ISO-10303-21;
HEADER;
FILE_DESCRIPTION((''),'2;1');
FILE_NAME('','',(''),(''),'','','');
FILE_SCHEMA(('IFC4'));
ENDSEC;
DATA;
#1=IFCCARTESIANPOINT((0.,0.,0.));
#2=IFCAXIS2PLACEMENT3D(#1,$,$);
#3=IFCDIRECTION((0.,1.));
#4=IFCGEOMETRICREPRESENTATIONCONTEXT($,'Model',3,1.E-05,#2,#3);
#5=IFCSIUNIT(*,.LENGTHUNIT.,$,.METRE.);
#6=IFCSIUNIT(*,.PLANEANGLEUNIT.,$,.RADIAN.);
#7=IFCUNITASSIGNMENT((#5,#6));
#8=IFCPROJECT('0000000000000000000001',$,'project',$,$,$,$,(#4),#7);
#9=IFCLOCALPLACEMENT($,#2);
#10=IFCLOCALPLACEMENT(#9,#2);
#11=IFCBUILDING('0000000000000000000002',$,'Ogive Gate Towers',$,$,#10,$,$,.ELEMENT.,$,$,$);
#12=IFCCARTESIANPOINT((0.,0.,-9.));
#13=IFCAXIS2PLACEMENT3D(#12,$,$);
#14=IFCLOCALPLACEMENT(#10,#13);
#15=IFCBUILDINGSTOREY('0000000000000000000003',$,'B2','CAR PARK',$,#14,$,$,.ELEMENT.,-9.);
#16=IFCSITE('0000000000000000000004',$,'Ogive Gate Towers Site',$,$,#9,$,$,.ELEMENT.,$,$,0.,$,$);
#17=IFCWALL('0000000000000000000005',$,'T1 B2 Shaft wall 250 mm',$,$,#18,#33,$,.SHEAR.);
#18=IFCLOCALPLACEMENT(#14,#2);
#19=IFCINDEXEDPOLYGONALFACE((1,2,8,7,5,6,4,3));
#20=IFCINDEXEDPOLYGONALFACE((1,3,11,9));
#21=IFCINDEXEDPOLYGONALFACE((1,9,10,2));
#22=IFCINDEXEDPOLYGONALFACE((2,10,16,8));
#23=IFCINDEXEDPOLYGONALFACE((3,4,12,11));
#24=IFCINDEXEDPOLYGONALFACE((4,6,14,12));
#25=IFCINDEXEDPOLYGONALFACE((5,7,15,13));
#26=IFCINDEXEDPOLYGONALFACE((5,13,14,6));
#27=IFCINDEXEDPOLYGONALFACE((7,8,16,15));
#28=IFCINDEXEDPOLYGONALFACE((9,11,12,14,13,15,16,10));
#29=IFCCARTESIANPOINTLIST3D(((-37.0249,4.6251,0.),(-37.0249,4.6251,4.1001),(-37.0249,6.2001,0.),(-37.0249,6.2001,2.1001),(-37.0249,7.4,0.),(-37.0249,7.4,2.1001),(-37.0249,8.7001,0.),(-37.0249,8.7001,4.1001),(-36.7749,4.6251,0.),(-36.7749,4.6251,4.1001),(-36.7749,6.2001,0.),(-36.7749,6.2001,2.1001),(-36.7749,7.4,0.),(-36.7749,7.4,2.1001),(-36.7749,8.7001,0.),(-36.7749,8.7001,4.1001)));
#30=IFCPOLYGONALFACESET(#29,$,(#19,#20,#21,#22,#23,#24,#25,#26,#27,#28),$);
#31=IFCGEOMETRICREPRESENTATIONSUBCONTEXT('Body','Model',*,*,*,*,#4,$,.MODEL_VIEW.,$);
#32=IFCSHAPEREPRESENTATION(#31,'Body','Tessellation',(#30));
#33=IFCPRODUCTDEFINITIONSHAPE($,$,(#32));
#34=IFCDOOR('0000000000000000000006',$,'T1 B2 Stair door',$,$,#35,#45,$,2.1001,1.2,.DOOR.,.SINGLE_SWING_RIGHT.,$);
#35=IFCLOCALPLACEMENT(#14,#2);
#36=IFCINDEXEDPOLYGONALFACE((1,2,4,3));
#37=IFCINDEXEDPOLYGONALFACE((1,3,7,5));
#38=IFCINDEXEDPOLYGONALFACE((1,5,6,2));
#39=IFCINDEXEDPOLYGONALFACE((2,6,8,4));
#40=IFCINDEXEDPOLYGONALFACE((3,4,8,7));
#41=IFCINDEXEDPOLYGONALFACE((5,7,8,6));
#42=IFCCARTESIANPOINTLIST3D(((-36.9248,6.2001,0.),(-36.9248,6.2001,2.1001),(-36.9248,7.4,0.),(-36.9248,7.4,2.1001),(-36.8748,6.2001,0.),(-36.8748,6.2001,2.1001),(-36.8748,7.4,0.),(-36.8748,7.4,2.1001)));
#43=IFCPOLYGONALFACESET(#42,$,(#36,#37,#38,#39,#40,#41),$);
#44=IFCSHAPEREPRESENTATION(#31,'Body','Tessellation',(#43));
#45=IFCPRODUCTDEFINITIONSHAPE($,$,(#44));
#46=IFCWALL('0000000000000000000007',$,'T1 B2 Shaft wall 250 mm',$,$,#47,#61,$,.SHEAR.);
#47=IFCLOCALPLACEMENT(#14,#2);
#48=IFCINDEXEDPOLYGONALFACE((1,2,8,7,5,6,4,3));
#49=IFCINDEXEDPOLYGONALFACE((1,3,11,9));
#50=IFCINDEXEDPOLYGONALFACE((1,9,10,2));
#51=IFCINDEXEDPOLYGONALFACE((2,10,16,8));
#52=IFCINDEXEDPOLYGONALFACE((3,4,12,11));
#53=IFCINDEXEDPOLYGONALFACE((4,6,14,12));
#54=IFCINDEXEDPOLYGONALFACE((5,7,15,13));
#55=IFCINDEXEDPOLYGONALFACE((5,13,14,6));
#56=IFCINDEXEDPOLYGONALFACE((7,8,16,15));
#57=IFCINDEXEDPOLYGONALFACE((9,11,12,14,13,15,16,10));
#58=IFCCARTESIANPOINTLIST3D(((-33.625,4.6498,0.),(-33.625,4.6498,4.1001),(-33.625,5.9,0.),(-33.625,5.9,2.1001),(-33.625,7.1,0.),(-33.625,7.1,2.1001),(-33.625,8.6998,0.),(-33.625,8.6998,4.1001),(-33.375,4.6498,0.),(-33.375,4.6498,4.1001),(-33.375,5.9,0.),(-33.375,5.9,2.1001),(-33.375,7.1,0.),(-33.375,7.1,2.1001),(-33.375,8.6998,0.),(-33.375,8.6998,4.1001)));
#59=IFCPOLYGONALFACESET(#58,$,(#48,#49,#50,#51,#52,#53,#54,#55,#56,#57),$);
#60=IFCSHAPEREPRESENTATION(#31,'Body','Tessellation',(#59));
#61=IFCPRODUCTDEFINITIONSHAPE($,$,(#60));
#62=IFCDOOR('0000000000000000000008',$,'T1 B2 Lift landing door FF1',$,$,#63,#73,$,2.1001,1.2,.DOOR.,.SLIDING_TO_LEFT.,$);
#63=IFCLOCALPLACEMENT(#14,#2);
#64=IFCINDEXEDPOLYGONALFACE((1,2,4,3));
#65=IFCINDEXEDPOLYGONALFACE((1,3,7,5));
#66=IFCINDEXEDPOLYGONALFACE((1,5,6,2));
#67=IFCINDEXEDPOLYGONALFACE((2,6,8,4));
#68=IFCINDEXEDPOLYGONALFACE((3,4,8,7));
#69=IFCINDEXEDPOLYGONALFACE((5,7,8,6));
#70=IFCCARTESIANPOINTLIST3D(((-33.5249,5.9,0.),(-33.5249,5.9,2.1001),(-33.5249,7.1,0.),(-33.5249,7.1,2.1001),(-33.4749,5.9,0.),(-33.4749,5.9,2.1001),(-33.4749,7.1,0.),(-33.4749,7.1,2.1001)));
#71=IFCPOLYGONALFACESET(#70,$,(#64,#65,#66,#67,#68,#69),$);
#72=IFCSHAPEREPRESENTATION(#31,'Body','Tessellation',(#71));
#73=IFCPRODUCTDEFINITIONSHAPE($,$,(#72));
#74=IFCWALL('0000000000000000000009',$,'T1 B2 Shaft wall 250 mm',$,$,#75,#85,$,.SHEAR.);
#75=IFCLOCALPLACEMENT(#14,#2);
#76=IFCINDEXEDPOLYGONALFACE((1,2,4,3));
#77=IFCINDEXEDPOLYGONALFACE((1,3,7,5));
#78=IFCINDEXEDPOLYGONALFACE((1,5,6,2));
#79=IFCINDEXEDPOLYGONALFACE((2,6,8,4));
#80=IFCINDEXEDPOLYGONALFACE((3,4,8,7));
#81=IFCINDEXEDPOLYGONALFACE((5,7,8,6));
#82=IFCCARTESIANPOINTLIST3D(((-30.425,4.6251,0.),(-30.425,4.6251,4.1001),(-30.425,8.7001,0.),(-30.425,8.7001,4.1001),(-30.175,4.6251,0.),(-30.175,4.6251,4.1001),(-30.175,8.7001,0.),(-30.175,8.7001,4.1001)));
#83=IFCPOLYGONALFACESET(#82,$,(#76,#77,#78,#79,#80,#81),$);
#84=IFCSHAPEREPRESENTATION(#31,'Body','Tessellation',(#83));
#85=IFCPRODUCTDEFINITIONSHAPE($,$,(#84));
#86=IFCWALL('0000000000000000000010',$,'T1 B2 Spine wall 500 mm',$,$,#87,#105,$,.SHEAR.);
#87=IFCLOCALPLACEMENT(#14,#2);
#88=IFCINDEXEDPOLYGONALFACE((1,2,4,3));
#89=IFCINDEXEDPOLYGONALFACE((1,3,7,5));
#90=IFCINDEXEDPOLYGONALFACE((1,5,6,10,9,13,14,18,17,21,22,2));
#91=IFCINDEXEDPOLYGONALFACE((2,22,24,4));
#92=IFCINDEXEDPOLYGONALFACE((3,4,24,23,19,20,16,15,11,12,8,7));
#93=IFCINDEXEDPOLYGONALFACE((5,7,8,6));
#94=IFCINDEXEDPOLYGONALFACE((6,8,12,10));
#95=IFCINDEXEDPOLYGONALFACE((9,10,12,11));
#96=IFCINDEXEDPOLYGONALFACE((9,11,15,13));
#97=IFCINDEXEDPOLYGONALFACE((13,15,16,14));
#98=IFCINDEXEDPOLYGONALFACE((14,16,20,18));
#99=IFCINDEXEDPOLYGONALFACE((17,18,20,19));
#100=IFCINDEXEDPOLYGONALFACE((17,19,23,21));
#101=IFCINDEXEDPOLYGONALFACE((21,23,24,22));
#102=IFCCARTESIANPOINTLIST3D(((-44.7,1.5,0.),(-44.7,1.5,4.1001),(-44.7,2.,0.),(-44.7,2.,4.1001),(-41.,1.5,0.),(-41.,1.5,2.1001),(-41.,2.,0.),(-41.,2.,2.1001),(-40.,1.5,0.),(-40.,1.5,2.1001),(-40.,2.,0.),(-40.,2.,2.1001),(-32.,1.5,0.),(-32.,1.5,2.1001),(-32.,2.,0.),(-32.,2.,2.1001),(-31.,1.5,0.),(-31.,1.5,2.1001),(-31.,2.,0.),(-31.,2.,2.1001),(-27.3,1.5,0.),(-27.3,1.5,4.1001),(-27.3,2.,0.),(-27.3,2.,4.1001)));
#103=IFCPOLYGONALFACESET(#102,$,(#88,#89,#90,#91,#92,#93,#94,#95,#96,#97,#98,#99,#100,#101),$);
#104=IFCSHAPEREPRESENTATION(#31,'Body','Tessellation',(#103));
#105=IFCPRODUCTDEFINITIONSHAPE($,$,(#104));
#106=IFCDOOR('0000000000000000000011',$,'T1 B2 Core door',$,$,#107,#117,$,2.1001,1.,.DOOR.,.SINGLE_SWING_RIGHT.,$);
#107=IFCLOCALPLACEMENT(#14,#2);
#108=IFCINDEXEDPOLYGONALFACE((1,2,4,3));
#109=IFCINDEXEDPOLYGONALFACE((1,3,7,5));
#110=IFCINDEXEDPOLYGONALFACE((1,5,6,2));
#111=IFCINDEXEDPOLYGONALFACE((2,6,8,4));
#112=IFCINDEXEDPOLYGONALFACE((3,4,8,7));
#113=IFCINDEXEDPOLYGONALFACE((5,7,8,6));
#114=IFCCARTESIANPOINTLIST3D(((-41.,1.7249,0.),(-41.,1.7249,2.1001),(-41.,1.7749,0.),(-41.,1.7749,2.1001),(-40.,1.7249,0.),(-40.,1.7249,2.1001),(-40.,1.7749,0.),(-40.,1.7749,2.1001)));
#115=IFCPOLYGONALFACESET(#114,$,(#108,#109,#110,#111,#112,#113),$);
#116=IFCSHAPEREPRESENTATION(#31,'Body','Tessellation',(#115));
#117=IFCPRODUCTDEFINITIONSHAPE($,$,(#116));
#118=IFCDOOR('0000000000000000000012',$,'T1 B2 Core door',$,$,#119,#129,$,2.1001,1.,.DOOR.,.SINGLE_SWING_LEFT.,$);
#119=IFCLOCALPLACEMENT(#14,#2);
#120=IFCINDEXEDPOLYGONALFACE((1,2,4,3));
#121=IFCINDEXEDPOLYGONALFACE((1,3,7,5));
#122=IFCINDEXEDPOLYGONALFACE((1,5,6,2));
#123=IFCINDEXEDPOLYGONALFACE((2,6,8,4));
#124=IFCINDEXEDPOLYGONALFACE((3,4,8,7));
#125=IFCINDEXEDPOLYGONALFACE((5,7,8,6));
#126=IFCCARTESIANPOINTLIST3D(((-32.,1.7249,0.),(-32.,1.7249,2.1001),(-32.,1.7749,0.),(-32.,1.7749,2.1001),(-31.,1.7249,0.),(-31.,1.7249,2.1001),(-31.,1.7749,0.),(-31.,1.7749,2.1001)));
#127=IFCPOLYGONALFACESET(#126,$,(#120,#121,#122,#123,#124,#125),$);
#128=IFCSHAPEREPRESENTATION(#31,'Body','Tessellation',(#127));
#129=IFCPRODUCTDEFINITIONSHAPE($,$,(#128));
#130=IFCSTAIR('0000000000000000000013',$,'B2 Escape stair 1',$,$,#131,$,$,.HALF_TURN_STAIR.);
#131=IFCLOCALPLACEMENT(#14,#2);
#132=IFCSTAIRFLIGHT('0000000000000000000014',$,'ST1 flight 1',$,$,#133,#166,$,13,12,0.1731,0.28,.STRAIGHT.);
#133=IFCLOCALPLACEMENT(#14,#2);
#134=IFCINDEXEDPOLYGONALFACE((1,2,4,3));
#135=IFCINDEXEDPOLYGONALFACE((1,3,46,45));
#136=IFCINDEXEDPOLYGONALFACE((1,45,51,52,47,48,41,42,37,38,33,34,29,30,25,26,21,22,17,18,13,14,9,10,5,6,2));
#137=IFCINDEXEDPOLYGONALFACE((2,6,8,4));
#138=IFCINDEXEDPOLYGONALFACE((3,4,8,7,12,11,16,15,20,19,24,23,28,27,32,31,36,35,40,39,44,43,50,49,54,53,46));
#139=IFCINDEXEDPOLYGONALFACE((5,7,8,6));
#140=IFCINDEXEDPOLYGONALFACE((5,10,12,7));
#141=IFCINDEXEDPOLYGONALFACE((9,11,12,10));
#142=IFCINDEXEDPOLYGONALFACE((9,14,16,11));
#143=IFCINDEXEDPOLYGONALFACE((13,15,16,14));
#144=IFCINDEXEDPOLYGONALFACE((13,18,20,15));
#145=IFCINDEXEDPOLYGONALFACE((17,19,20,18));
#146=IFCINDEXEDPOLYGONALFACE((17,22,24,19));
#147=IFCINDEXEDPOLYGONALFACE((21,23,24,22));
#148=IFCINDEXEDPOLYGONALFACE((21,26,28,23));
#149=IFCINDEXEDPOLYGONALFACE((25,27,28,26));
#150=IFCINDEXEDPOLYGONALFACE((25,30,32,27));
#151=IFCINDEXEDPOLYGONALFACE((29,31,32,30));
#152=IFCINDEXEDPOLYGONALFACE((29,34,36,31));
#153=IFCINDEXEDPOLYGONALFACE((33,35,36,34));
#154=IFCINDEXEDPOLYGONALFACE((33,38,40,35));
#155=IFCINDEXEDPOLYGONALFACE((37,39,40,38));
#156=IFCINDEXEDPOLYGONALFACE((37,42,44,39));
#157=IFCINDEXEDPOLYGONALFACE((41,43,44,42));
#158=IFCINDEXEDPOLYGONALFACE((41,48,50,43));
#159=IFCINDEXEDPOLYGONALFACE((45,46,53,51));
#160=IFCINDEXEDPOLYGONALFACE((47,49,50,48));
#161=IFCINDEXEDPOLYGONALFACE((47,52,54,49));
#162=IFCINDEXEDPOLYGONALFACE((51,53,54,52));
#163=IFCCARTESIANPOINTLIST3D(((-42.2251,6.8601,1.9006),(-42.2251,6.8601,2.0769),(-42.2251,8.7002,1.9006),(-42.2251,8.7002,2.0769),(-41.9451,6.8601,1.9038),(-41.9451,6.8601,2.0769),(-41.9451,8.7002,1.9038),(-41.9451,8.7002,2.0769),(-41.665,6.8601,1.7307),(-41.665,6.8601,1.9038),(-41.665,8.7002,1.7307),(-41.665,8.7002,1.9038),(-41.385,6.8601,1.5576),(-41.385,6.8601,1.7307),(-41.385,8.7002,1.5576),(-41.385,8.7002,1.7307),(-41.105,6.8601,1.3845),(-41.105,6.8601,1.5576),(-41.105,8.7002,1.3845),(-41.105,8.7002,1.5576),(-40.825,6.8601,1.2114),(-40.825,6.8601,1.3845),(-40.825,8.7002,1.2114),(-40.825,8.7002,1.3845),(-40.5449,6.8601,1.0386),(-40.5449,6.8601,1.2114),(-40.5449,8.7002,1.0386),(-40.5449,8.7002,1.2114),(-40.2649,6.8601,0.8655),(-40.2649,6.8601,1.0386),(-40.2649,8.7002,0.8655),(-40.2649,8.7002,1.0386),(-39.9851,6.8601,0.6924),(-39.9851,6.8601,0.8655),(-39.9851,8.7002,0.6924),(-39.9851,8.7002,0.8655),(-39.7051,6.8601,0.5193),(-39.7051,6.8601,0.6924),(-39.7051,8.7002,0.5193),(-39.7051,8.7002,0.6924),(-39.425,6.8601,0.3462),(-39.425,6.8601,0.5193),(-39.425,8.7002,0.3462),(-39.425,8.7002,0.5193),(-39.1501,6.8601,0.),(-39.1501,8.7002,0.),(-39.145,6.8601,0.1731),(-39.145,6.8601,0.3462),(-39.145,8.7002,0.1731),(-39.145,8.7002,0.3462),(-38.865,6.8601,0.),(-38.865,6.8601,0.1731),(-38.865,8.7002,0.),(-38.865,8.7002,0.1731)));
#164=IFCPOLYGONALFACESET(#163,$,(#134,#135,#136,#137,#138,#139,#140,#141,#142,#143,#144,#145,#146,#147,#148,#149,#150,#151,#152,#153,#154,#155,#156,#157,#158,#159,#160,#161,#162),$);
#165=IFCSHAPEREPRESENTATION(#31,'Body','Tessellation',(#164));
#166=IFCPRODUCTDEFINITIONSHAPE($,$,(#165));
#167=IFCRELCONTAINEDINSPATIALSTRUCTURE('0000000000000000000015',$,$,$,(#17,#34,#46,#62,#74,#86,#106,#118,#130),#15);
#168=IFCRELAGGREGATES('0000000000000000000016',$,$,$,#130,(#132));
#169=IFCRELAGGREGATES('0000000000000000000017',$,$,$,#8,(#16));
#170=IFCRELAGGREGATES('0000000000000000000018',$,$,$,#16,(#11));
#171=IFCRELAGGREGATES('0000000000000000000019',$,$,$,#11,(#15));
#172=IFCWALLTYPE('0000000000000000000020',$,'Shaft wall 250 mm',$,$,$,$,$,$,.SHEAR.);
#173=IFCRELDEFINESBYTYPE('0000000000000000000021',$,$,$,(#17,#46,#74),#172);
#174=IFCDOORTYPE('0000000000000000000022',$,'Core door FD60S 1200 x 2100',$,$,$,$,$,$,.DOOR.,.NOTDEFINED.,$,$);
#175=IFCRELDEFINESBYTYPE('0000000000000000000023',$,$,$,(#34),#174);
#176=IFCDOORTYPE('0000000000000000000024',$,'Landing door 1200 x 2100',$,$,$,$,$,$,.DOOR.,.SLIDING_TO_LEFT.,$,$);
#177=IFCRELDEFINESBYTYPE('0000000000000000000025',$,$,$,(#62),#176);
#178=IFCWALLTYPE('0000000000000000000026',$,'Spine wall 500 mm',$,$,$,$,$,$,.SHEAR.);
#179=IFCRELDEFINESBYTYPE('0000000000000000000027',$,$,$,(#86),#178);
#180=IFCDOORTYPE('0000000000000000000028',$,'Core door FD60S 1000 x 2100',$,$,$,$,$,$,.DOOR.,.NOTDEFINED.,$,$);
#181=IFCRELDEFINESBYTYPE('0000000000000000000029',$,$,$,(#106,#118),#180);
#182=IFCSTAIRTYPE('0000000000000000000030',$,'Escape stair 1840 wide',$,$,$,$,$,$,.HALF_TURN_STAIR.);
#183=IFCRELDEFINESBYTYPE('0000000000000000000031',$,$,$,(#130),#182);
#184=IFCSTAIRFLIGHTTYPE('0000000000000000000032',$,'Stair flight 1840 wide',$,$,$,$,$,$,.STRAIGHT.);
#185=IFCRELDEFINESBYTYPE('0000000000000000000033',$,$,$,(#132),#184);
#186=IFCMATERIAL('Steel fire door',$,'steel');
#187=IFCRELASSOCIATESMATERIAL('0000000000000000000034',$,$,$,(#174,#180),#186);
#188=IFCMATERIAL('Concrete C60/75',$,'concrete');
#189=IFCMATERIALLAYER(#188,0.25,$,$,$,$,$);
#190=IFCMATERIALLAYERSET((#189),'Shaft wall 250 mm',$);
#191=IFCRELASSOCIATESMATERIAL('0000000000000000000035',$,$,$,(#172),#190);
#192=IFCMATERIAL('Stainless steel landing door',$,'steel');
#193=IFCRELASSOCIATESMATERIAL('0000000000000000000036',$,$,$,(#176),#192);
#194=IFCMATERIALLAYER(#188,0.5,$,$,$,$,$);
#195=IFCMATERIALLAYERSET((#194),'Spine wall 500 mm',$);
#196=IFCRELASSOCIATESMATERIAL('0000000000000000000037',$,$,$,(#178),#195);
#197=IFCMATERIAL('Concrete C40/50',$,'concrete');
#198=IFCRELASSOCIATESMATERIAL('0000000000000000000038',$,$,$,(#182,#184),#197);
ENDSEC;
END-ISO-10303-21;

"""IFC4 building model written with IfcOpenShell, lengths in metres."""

from ifc_helpers import new_model, si_unit, direction, frame, frame_2d, origin, place, context, subcontext, project, spatial, polyline, rectangle, outline, extrude, material, layer, layer_set, type_object, element, fill, aggregate, save


model = new_model("IFC4")

# Units and contexts
model_context = context("Model", 3, precision=1e-05, world=origin(), true_north=direction((0.0, 1.0)))
body_context = subcontext(model_context, "Body", "Model", "MODEL_VIEW")
ifc_project = project(units=[si_unit("LENGTHUNIT", "METRE"), si_unit("PLANEANGLEUNIT", "RADIAN")], contexts=[model_context])

# Site, building, storey
site_placement = place(None, origin())
site = spatial("IfcSite", under=ifc_project, at=site_placement, Name="Ogive Gate Towers Site", CompositionType="ELEMENT", RefElevation=0.0)
building_placement = place(site_placement, origin())
building = spatial("IfcBuilding", under=site, at=building_placement, Name="Ogive Gate Towers", CompositionType="ELEMENT")
storey_placement = place(building_placement, frame((0.0, 0.0, -9.0)))
storey = spatial("IfcBuildingStorey", under=building, at=storey_placement, Name="B2", Description="CAR PARK", CompositionType="ELEMENT", Elevation=-9.0)

# Shared definitions
ifc_material_1 = material(Name="Concrete C40/50", Category="concrete")

# Shared definitions
ifc_material_2 = material(Name="Concrete C60/75", Category="concrete")
ifc_material_3 = material(Name="Steel fire door", Category="steel")
door_type_1 = type_object("IfcDoorType", Name="Core door FD60S 1200 x 2100", OperationType="NOTDEFINED", PredefinedType="DOOR", material=ifc_material_3)

# Shared definitions
ifc_layer_1 = layer(ifc_material_2, 0.25)
ifc_layer_set_1 = layer_set([ifc_layer_1], Name="Shaft wall 250 mm")
wall_type_1 = type_object("IfcWallType", Name="Shaft wall 250 mm", PredefinedType="SHEAR", material=ifc_layer_set_1)

# Walls, openings, doors
wall_1_placement = place(storey_placement, frame((-36.8999, 4.625, 0.0), z_axis=(0.0, 0.0, 1.0), x_axis=(0.0, 1.0, 0.0)))
wall_1 = element("IfcWall", 1, at=wall_1_placement, inside=storey, type_object=wall_type_1, Name="T1 B2 Shaft wall 250 mm", PredefinedType="SHEAR", context=body_context, shape_type="SweptSolid", body=[
    extrude(rectangle(XDim=4.075, YDim=0.25, at=frame_2d((2.0376, 0.0))), origin(), (0.0, 0.0, 1.0), 4.1001),
])
opening_1_placement = place(wall_1_placement, frame((1.575, 0.0, 0.0)))
opening_1 = element("IfcOpeningElement", 2, at=opening_1_placement, cuts=wall_1, PredefinedType="OPENING", context=body_context, shape_type="SweptSolid", body=[
    extrude(rectangle(XDim=1.2, YDim=2.1001, at=frame_2d((0.6001, 1.05))), frame((0.0, 0.135, 0.0), z_axis=(0.0, -1.0, 0.0), x_axis=(1.0, 0.0, 0.0)), (0.0, 0.0, 1.0), 0.27),
])
door_1_placement = place(opening_1_placement, origin())
door_1 = element("IfcDoor", 3, at=door_1_placement, inside=storey, type_object=door_type_1, Name="T1 B2 Stair door", OperationType="SINGLE_SWING_RIGHT", OverallHeight=2.1001, OverallWidth=1.2, PredefinedType="DOOR", context=body_context, shape_type="SweptSolid", body=[
    extrude(rectangle(XDim=1.2, YDim=2.1001, at=frame_2d((0.6001, 1.05))), frame((0.0, 0.0249, 0.0), z_axis=(0.0, -1.0, 0.0), x_axis=(1.0, 0.0, 0.0)), (0.0, 0.0, 1.0), 0.05),
])
fill(opening_1, door_1)
wall_2_placement = place(storey_placement, frame((-33.5, 4.6499, 0.0), z_axis=(0.0, 0.0, 1.0), x_axis=(0.0, 1.0, 0.0)))
wall_2 = element("IfcWall", 4, at=wall_2_placement, inside=storey, type_object=wall_type_1, Name="T1 B2 Shaft wall 250 mm", PredefinedType="SHEAR", context=body_context, shape_type="SweptSolid", body=[
    extrude(rectangle(XDim=4.05, YDim=0.25, at=frame_2d((2.0249, 0.0))), origin(), (0.0, 0.0, 1.0), 4.1001),
])
opening_2_placement = place(wall_2_placement, frame((1.25, 0.0, 0.0)))
opening_2 = element("IfcOpeningElement", 5, at=opening_2_placement, cuts=wall_2, PredefinedType="OPENING", context=body_context, shape_type="SweptSolid", body=[
    extrude(rectangle(XDim=1.2, YDim=2.1001, at=frame_2d((0.6001, 1.05))), frame((0.0, 0.135, 0.0), z_axis=(0.0, -1.0, 0.0), x_axis=(1.0, 0.0, 0.0)), (0.0, 0.0, 1.0), 0.27),
])
ifc_material_4 = material(Name="Stainless steel landing door", Category="steel")
door_type_2 = type_object("IfcDoorType", Name="Landing door 1200 x 2100", OperationType="SLIDING_TO_LEFT", PredefinedType="DOOR", material=ifc_material_4)
door_2_placement = place(opening_2_placement, origin())
door_2 = element("IfcDoor", 6, at=door_2_placement, inside=storey, type_object=door_type_2, Name="T1 B2 Lift landing door FF1", OperationType="SLIDING_TO_LEFT", OverallHeight=2.1001, OverallWidth=1.2, PredefinedType="DOOR", context=body_context, shape_type="SweptSolid", body=[
    extrude(rectangle(XDim=1.2, YDim=2.1001, at=frame_2d((0.6001, 1.05))), frame((0.0, 0.0249, 0.0), z_axis=(0.0, -1.0, 0.0), x_axis=(1.0, 0.0, 0.0)), (0.0, 0.0, 1.0), 0.05),
])
fill(opening_2, door_2)

# Wall
wall_3_placement = place(storey_placement, frame((-30.3, 4.625, 0.0), z_axis=(0.0, 0.0, 1.0), x_axis=(0.0, 1.0, 0.0)))
element("IfcWall", 7, at=wall_3_placement, inside=storey, type_object=wall_type_1, Name="T1 B2 Shaft wall 250 mm", PredefinedType="SHEAR", context=body_context, shape_type="SweptSolid", body=[
    extrude(rectangle(XDim=4.075, YDim=0.25, at=frame_2d((2.0376, 0.0))), origin(), (0.0, 0.0, 1.0), 4.1001),
])

# Wall, openings, doors
ifc_layer_2 = layer(ifc_material_2, 0.5)
ifc_layer_set_2 = layer_set([ifc_layer_2], Name="Spine wall 500 mm")
wall_type_2 = type_object("IfcWallType", Name="Spine wall 500 mm", PredefinedType="SHEAR", material=ifc_layer_set_2)
wall_4_placement = place(storey_placement, frame((-44.7, 1.75, 0.0), z_axis=(0.0, 0.0, 1.0), x_axis=(1.0, 0.0, 0.0)))
wall_4 = element("IfcWall", 8, at=wall_4_placement, inside=storey, type_object=wall_type_2, Name="T1 B2 Spine wall 500 mm", PredefinedType="SHEAR", context=body_context, shape_type="SweptSolid", body=[
    extrude(rectangle(XDim=17.3999, YDim=0.5, at=frame_2d((8.7, 0.0))), origin(), (0.0, 0.0, 1.0), 4.1001),
])
opening_3_placement = place(wall_4_placement, frame((3.7, 0.0, 0.0)))
opening_3 = element("IfcOpeningElement", 9, at=opening_3_placement, cuts=wall_4, PredefinedType="OPENING", context=body_context, shape_type="SweptSolid", body=[
    extrude(rectangle(XDim=1.0, YDim=2.1001, at=frame_2d((0.5, 1.05))), frame((0.0, 0.26, 0.0), z_axis=(0.0, -1.0, 0.0), x_axis=(1.0, 0.0, 0.0)), (0.0, 0.0, 1.0), 0.52),
])
opening_4_placement = place(wall_4_placement, frame((12.7, 0.0, 0.0)))
opening_4 = element("IfcOpeningElement", 10, at=opening_4_placement, cuts=wall_4, PredefinedType="OPENING", context=body_context, shape_type="SweptSolid", body=[
    extrude(rectangle(XDim=1.0, YDim=2.1001, at=frame_2d((0.5, 1.05))), frame((0.0, 0.26, 0.0), z_axis=(0.0, -1.0, 0.0), x_axis=(1.0, 0.0, 0.0)), (0.0, 0.0, 1.0), 0.52),
])
door_type_3 = type_object("IfcDoorType", Name="Core door FD60S 1000 x 2100", OperationType="NOTDEFINED", PredefinedType="DOOR", material=ifc_material_3)
door_3_placement = place(opening_3_placement, origin())
door_3 = element("IfcDoor", 11, at=door_3_placement, inside=storey, type_object=door_type_3, Name="T1 B2 Core door", OperationType="SINGLE_SWING_RIGHT", OverallHeight=2.1001, OverallWidth=1.0, PredefinedType="DOOR", context=body_context, shape_type="SweptSolid", body=[
    extrude(rectangle(XDim=1.0, YDim=2.1001, at=frame_2d((0.5, 1.05))), frame((0.0, 0.0249, 0.0), z_axis=(0.0, -1.0, 0.0), x_axis=(1.0, 0.0, 0.0)), (0.0, 0.0, 1.0), 0.05),
])
fill(opening_3, door_3)
door_4_placement = place(opening_4_placement, origin())
door_4 = element("IfcDoor", 12, at=door_4_placement, inside=storey, type_object=door_type_3, Name="T1 B2 Core door", OperationType="SINGLE_SWING_LEFT", OverallHeight=2.1001, OverallWidth=1.0, PredefinedType="DOOR", context=body_context, shape_type="SweptSolid", body=[
    extrude(rectangle(XDim=1.0, YDim=2.1001, at=frame_2d((0.5, 1.05))), frame((0.0, 0.0249, 0.0), z_axis=(0.0, -1.0, 0.0), x_axis=(1.0, 0.0, 0.0)), (0.0, 0.0, 1.0), 0.05),
])
fill(opening_4, door_4)

# Stair, stair flight
stair_type = type_object("IfcStairType", Name="Escape stair 1840 wide", PredefinedType="HALF_TURN_STAIR", material=ifc_material_1)
stair_placement = place(storey_placement, origin())
stair = element("IfcStair", 13, at=stair_placement, inside=storey, type_object=stair_type, Name="B2 Escape stair 1", PredefinedType="HALF_TURN_STAIR")
stair_flight_type = type_object("IfcStairFlightType", Name="Stair flight 1840 wide", PredefinedType="STRAIGHT", material=ifc_material_1)
stair_flight_1_placement = place(storey_placement, frame((-38.865, 7.78, 0.0), z_axis=(0.0, 0.0, 1.0), x_axis=(-1.0, 0.0, 0.0)))
stair_flight_1 = element("IfcStairFlight", 14, at=stair_flight_1_placement, type_object=stair_flight_type, Name="ST1 flight 1", NumberOfRisers=13, NumberOfTreads=12, PredefinedType="STRAIGHT", RiserHeight=0.1731, TreadLength=0.28, context=body_context, shape_type="SweptSolid", body=[
    extrude(outline(polyline([(0.0, 0.0), (0.0, 0.1731), (0.28, 0.1731), (0.28, 0.3462), (0.5601, 0.3462), (0.5601, 0.5193), (0.8401, 0.5193), (0.8401, 0.6924), (1.1201, 0.6924), (1.1201, 0.8655), (1.3999, 0.8655), (1.3999, 1.0386), (1.6799, 1.0386), (1.6799, 1.2114), (1.96, 1.2114), (1.96, 1.3845), (2.24, 1.3845), (2.24, 1.5576), (2.52, 1.5576), (2.52, 1.7307), (2.8, 1.7307), (2.8, 1.9038), (3.0801, 1.9038), (3.0801, 2.0769), (3.3601, 2.0769), (3.3601, 2.25), (3.3601, 1.9006), (0.2852, 0.0), (0.0, 0.0)])), frame((0.0, 0.9199, 0.0), z_axis=(0.0, -1.0, 0.0), x_axis=(1.0, 0.0, 0.0)), (0.0, 0.0, 1.0), 1.8401),
])
aggregate(stair, [stair_flight_1])

save(model, "model.ifc")
